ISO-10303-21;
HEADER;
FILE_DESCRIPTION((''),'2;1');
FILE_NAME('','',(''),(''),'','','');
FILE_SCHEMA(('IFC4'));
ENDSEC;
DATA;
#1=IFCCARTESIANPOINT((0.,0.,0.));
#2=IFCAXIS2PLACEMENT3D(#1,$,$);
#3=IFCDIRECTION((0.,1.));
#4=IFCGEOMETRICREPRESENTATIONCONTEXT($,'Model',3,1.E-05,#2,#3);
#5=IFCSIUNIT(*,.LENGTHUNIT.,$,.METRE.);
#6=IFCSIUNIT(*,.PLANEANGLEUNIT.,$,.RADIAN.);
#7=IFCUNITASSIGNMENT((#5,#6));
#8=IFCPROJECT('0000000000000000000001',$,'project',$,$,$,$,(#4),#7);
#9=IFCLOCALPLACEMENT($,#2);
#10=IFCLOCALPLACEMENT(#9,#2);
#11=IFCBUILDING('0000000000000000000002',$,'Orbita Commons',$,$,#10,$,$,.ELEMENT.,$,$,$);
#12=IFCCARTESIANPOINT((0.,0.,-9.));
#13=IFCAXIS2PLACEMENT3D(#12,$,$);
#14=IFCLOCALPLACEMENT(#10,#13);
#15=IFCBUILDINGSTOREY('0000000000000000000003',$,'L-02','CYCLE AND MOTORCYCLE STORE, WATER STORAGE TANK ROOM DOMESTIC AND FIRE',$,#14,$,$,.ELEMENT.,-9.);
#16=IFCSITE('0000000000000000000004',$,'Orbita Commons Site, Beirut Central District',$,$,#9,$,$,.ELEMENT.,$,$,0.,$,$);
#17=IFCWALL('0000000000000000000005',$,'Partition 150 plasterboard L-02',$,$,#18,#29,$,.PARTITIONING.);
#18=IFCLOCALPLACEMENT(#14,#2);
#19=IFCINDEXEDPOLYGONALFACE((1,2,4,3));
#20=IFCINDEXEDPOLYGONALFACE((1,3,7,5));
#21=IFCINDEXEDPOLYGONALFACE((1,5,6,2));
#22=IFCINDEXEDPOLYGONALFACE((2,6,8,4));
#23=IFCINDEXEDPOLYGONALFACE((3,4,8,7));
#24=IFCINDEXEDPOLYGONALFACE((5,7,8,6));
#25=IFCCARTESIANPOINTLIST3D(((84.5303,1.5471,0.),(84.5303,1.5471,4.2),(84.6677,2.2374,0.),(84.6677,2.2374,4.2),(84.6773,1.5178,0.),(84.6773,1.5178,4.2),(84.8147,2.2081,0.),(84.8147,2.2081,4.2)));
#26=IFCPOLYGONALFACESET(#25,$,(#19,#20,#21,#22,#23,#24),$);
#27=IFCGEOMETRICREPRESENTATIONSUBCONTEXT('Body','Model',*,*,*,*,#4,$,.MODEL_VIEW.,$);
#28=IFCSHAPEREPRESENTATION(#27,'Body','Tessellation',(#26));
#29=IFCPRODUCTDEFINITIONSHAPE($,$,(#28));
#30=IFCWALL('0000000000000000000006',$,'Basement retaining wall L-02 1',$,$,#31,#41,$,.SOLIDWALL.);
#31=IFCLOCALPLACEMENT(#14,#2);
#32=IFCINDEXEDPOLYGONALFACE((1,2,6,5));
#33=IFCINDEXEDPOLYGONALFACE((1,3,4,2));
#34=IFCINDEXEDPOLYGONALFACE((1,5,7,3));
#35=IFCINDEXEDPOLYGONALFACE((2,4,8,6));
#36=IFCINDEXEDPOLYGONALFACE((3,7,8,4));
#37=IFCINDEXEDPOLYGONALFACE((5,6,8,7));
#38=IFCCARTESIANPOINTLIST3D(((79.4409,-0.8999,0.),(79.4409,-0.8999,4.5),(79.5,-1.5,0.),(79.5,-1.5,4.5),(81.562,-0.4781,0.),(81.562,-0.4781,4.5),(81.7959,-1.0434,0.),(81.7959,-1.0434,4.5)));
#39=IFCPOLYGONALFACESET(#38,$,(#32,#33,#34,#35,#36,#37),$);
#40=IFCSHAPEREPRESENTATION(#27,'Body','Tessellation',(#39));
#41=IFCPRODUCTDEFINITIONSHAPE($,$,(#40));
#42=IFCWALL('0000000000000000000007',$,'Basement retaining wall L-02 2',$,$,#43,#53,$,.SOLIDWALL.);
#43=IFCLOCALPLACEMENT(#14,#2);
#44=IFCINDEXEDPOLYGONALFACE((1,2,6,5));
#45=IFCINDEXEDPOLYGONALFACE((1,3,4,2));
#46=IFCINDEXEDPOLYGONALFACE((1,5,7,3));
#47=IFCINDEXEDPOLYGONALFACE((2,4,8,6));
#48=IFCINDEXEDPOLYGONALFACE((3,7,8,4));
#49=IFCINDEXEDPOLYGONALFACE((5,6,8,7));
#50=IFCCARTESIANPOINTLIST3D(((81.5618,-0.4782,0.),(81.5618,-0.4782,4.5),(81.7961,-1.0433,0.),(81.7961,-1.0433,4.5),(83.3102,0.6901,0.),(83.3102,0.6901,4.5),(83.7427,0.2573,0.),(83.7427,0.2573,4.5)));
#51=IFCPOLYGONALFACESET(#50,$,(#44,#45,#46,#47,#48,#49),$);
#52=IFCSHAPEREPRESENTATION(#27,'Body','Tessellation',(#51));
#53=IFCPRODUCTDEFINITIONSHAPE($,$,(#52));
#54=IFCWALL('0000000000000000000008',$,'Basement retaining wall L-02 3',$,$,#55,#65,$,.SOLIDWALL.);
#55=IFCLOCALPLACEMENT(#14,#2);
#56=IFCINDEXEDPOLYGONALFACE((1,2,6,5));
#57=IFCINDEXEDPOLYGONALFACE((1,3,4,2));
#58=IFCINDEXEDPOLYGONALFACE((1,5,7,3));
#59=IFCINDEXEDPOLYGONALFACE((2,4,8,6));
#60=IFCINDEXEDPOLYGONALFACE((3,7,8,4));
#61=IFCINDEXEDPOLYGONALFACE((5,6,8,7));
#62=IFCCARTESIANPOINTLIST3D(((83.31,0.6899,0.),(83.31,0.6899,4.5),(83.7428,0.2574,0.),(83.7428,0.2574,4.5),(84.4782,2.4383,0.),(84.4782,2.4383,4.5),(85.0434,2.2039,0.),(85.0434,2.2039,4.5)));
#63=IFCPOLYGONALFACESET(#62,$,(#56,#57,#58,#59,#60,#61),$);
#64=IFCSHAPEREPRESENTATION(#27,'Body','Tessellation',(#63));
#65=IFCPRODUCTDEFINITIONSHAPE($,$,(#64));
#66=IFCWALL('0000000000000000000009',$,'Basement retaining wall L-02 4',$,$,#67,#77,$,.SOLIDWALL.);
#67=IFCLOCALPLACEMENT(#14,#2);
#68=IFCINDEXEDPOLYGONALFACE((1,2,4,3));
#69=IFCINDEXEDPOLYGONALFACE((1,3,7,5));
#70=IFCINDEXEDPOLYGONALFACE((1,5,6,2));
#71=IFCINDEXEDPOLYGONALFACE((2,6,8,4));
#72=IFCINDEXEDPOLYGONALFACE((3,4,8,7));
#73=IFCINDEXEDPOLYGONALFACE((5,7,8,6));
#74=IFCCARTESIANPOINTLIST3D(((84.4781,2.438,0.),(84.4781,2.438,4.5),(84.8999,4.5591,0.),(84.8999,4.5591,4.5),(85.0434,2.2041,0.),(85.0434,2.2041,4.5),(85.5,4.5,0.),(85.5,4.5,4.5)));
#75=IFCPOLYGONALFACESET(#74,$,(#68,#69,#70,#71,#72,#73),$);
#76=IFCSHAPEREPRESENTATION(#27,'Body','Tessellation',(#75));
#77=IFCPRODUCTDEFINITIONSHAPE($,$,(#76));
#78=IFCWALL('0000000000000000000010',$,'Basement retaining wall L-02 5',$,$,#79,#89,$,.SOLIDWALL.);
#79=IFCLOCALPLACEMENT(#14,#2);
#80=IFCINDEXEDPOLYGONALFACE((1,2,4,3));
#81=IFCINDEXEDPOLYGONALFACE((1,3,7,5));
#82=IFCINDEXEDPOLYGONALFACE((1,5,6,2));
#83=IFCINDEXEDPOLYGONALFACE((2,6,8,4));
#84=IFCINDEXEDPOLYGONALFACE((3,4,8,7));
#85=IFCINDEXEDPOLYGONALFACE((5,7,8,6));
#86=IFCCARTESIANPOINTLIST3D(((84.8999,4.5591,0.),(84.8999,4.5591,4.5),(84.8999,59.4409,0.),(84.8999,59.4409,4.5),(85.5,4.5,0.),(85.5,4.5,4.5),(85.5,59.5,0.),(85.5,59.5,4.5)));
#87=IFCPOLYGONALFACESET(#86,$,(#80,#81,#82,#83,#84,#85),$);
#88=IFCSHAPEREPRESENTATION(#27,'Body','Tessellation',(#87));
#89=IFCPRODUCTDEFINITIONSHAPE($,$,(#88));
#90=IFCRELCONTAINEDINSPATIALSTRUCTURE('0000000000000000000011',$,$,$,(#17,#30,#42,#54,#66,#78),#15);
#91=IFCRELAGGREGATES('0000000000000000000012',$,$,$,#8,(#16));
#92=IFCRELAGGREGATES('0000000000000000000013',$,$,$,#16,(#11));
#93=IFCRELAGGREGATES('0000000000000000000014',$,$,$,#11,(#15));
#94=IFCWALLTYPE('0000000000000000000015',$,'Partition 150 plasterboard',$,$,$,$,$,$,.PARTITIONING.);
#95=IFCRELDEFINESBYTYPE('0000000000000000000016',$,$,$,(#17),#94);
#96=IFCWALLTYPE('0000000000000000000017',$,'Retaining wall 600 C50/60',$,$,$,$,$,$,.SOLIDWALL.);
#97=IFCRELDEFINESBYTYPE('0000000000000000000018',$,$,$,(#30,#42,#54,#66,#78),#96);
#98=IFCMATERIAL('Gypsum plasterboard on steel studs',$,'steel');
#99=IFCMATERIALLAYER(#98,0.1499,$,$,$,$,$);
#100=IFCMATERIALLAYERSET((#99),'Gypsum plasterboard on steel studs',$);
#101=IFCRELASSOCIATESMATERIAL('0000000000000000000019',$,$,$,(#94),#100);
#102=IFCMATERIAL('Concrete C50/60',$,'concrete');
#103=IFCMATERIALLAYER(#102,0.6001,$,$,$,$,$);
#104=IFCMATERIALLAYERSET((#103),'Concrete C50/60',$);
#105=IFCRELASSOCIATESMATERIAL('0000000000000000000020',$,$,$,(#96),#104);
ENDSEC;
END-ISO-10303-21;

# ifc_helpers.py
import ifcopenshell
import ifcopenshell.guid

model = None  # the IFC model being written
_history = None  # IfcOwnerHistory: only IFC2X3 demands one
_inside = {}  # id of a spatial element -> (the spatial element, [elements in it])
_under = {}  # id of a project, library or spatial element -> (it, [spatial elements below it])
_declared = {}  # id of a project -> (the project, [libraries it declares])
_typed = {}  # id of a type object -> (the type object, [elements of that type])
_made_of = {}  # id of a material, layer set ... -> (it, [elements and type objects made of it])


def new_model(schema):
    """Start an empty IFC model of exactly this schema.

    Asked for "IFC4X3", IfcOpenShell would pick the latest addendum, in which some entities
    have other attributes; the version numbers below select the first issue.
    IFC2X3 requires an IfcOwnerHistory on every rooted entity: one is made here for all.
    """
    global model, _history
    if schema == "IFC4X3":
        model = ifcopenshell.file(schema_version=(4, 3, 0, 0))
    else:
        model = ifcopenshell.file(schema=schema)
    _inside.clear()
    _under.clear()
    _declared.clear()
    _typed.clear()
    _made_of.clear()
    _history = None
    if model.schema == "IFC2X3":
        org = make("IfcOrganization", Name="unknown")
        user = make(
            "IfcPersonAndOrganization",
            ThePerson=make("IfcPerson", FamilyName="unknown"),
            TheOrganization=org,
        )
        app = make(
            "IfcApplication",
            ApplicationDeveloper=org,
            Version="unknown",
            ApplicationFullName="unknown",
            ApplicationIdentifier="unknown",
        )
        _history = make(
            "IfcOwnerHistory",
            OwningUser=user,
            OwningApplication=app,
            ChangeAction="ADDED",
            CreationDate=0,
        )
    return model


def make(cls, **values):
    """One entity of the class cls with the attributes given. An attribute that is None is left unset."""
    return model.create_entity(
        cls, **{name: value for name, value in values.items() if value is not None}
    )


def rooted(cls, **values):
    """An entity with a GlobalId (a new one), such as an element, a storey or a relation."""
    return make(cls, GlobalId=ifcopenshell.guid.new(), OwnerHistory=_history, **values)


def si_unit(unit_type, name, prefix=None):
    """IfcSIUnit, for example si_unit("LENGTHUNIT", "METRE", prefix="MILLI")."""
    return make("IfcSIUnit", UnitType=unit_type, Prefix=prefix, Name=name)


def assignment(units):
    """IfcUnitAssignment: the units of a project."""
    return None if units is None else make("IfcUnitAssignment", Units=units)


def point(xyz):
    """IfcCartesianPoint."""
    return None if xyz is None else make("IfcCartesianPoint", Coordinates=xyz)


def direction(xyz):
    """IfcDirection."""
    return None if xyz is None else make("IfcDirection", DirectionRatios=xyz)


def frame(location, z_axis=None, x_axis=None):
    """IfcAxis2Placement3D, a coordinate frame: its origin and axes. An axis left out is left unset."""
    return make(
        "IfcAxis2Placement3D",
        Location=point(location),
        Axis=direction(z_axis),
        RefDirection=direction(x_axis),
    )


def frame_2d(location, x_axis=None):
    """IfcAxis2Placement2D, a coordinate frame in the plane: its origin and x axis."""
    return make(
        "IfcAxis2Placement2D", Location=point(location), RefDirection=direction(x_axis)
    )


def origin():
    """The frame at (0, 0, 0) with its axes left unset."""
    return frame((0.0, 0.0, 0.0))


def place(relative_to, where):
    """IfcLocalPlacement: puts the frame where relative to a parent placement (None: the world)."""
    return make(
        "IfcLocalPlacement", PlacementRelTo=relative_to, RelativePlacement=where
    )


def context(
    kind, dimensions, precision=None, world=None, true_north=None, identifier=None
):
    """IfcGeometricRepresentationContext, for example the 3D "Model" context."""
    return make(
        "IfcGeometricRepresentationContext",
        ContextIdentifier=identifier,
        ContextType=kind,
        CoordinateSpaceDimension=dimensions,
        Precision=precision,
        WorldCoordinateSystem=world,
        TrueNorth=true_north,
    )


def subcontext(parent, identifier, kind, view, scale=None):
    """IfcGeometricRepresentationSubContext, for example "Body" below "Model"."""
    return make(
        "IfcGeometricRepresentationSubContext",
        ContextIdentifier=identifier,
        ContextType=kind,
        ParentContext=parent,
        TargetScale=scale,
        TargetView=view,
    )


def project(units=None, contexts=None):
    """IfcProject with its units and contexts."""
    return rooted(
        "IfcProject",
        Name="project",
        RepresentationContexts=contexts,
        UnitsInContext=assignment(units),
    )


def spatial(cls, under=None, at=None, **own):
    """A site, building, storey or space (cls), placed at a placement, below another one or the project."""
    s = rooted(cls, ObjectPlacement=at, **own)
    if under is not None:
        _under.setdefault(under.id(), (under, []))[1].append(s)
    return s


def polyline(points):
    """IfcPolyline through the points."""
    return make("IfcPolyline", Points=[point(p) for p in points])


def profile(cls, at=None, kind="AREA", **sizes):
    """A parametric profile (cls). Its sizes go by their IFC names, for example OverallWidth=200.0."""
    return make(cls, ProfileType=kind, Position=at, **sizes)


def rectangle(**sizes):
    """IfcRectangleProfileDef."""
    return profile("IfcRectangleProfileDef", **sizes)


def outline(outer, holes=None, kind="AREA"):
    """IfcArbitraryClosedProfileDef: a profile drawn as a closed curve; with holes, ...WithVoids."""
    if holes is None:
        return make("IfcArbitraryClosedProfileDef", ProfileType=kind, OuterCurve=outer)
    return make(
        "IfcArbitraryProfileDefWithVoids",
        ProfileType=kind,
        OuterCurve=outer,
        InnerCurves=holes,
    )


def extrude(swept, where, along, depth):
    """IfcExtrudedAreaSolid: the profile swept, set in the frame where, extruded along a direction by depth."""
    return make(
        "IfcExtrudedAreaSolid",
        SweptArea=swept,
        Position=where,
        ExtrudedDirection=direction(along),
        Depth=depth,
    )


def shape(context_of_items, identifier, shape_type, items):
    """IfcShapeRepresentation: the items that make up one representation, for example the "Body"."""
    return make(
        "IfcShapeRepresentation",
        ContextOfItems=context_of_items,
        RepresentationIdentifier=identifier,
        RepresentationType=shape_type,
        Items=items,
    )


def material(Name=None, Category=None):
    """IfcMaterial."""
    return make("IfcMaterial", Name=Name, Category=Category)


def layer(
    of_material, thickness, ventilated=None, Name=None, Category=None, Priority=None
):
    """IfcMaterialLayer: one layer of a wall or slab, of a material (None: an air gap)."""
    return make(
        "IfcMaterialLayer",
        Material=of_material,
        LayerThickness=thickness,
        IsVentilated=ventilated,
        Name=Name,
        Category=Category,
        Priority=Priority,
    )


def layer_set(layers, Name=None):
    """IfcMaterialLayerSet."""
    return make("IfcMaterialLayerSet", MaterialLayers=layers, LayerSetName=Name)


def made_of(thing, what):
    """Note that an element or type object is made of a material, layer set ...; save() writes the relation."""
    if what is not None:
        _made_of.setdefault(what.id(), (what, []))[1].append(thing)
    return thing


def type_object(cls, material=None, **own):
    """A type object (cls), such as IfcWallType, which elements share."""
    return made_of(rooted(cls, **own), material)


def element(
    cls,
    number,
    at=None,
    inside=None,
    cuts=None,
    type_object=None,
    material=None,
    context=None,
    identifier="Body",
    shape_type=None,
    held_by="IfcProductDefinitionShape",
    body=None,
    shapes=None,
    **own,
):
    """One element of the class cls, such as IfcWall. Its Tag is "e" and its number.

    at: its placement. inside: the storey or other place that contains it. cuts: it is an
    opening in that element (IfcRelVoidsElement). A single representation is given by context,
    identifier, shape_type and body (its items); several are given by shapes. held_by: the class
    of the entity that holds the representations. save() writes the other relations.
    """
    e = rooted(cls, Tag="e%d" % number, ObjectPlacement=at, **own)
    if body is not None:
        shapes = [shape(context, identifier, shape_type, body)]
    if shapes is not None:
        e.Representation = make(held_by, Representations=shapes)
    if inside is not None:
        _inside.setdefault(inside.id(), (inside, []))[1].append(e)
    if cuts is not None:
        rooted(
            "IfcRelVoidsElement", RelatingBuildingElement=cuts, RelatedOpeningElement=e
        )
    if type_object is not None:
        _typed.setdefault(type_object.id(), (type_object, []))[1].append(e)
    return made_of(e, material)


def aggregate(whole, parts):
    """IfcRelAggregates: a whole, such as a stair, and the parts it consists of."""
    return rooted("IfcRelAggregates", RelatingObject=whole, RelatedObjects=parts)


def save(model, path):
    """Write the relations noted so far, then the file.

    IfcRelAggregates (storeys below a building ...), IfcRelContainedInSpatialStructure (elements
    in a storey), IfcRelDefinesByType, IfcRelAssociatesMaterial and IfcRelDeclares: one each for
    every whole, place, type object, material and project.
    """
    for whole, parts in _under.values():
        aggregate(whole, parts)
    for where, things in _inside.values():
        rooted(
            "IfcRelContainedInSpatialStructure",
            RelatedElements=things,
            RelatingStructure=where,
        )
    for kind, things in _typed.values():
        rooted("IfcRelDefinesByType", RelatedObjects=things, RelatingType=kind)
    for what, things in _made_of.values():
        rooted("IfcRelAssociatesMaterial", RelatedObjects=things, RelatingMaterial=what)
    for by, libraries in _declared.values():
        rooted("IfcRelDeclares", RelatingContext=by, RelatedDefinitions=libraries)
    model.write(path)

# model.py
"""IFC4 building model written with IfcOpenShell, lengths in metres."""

from ifc_helpers import new_model, si_unit, direction, frame, frame_2d, origin, place, context, subcontext, project, spatial, polyline, rectangle, outline, extrude, material, layer, layer_set, type_object, element, save


model = new_model("IFC4")

# Units and contexts
model_context = context("Model", 3, precision=1e-05, world=origin(), true_north=direction((0.0, 1.0)))
body_context = subcontext(model_context, "Body", "Model", "MODEL_VIEW")
ifc_project = project(units=[si_unit("LENGTHUNIT", "METRE"), si_unit("PLANEANGLEUNIT", "RADIAN")], contexts=[model_context])

# Site, building, storey
site_placement = place(None, origin())
site = spatial("IfcSite", under=ifc_project, at=site_placement, Name="Orbita Commons Site, Beirut Central District", CompositionType="ELEMENT", RefElevation=0.0)
building_placement = place(site_placement, origin())
building = spatial("IfcBuilding", under=site, at=building_placement, Name="Orbita Commons", CompositionType="ELEMENT")
storey_placement = place(building_placement, frame((0.0, 0.0, -9.0)))
storey = spatial("IfcBuildingStorey", under=building, at=storey_placement, Name="L-02", Description="CYCLE AND MOTORCYCLE STORE, WATER STORAGE TANK ROOM DOMESTIC AND FIRE", CompositionType="ELEMENT", Elevation=-9.0)

# Walls
ifc_material_1 = material(Name="Gypsum plasterboard on steel studs", Category="steel")
ifc_layer_1 = layer(ifc_material_1, 0.1499)
ifc_layer_set_1 = layer_set([ifc_layer_1], Name="Gypsum plasterboard on steel studs")
wall_type_1 = type_object("IfcWallType", Name="Partition 150 plasterboard", PredefinedType="PARTITIONING", material=ifc_layer_set_1)
wall_1_placement = place(storey_placement, frame((84.7412, 2.2229, 0.0), z_axis=(0.0, 0.0, 1.0), x_axis=(-0.195249, -0.980754, 0.0)))
element("IfcWall", 1, at=wall_1_placement, inside=storey, type_object=wall_type_1, Name="Partition 150 plasterboard L-02", PredefinedType="PARTITIONING", context=body_context, shape_type="SweptSolid", body=[
    extrude(rectangle(XDim=0.7039, YDim=0.1499, at=frame_2d((0.3521, 0.0))), origin(), (0.0, 0.0, 1.0), 4.2),
])
ifc_material_2 = material(Name="Concrete C50/60", Category="concrete")
ifc_layer_2 = layer(ifc_material_2, 0.6001)
ifc_layer_set_2 = layer_set([ifc_layer_2], Name="Concrete C50/60")
wall_type_2 = type_object("IfcWallType", Name="Retaining wall 600 C50/60", PredefinedType="SOLIDWALL", material=ifc_layer_set_2)
wall_2_placement = place(storey_placement, frame((79.4705, -1.2, 0.0), z_axis=(0.0, 0.0, 1.0), x_axis=(0.980793, 0.195053, 0.0)))
element("IfcWall", 2, at=wall_2_placement, inside=storey, type_object=wall_type_2, Name="Basement retaining wall L-02 1", PredefinedType="SOLIDWALL", context=body_context, shape_type="SweptSolid", body=[
    extrude(outline(polyline([(-0.0295, -0.3), (2.3113, -0.3), (2.1921, 0.3), (0.0295, 0.3), (-0.0295, -0.3)])), origin(), (0.0, 0.0, 1.0), 4.5),
])
for number, where, z_axis, x_axis, name in (
    (3, (81.679, -0.7607, 0.0), (0.0, 0.0, 1.0), (0.831475, 0.555562, 0.0), "Basement retaining wall L-02 2"),
    (4, (83.5264, 0.4736, 0.0), (0.0, 0.0, 1.0), (0.555562, 0.831475, 0.0), "Basement retaining wall L-02 3"),
):
    element("IfcWall", number, at=place(storey_placement, frame(where, z_axis=z_axis, x_axis=x_axis)), inside=storey, type_object=wall_type_2, Name=name, PredefinedType="SOLIDWALL", context=body_context, shape_type="SweptSolid", body=[
        extrude(outline(polyline([(-0.0596, -0.3), (2.2815, -0.3), (2.1624, 0.3), (0.0596, 0.3), (-0.0596, -0.3)])), origin(), (0.0, 0.0, 1.0), 4.5),
    ])
wall_3_placement = place(storey_placement, frame((84.7607, 2.321, 0.0), z_axis=(0.0, 0.0, 1.0), x_axis=(0.195053, 0.980793, 0.0)))
element("IfcWall", 5, at=wall_3_placement, inside=storey, type_object=wall_type_2, Name="Basement retaining wall L-02 4", PredefinedType="SOLIDWALL", context=body_context, shape_type="SweptSolid", body=[
    extrude(outline(polyline([(-0.0596, -0.3), (2.2812, -0.3), (2.2222, 0.3), (0.0596, 0.3), (-0.0596, -0.3)])), origin(), (0.0, 0.0, 1.0), 4.5),
])
wall_4_placement = place(storey_placement, frame((85.2, 4.5295, 0.0), z_axis=(0.0, 0.0, 1.0), x_axis=(0.0, 1.0, 0.0)))
element("IfcWall", 6, at=wall_4_placement, inside=storey, type_object=wall_type_2, Name="Basement retaining wall L-02 5", PredefinedType="SOLIDWALL", context=body_context, shape_type="SweptSolid", body=[
    extrude(outline(polyline([(-0.0295, -0.3), (54.9705, -0.3), (54.9114, 0.3), (0.0295, 0.3), (-0.0295, -0.3)])), origin(), (0.0, 0.0, 1.0), 4.5),
])

save(model, "model.ifc")
